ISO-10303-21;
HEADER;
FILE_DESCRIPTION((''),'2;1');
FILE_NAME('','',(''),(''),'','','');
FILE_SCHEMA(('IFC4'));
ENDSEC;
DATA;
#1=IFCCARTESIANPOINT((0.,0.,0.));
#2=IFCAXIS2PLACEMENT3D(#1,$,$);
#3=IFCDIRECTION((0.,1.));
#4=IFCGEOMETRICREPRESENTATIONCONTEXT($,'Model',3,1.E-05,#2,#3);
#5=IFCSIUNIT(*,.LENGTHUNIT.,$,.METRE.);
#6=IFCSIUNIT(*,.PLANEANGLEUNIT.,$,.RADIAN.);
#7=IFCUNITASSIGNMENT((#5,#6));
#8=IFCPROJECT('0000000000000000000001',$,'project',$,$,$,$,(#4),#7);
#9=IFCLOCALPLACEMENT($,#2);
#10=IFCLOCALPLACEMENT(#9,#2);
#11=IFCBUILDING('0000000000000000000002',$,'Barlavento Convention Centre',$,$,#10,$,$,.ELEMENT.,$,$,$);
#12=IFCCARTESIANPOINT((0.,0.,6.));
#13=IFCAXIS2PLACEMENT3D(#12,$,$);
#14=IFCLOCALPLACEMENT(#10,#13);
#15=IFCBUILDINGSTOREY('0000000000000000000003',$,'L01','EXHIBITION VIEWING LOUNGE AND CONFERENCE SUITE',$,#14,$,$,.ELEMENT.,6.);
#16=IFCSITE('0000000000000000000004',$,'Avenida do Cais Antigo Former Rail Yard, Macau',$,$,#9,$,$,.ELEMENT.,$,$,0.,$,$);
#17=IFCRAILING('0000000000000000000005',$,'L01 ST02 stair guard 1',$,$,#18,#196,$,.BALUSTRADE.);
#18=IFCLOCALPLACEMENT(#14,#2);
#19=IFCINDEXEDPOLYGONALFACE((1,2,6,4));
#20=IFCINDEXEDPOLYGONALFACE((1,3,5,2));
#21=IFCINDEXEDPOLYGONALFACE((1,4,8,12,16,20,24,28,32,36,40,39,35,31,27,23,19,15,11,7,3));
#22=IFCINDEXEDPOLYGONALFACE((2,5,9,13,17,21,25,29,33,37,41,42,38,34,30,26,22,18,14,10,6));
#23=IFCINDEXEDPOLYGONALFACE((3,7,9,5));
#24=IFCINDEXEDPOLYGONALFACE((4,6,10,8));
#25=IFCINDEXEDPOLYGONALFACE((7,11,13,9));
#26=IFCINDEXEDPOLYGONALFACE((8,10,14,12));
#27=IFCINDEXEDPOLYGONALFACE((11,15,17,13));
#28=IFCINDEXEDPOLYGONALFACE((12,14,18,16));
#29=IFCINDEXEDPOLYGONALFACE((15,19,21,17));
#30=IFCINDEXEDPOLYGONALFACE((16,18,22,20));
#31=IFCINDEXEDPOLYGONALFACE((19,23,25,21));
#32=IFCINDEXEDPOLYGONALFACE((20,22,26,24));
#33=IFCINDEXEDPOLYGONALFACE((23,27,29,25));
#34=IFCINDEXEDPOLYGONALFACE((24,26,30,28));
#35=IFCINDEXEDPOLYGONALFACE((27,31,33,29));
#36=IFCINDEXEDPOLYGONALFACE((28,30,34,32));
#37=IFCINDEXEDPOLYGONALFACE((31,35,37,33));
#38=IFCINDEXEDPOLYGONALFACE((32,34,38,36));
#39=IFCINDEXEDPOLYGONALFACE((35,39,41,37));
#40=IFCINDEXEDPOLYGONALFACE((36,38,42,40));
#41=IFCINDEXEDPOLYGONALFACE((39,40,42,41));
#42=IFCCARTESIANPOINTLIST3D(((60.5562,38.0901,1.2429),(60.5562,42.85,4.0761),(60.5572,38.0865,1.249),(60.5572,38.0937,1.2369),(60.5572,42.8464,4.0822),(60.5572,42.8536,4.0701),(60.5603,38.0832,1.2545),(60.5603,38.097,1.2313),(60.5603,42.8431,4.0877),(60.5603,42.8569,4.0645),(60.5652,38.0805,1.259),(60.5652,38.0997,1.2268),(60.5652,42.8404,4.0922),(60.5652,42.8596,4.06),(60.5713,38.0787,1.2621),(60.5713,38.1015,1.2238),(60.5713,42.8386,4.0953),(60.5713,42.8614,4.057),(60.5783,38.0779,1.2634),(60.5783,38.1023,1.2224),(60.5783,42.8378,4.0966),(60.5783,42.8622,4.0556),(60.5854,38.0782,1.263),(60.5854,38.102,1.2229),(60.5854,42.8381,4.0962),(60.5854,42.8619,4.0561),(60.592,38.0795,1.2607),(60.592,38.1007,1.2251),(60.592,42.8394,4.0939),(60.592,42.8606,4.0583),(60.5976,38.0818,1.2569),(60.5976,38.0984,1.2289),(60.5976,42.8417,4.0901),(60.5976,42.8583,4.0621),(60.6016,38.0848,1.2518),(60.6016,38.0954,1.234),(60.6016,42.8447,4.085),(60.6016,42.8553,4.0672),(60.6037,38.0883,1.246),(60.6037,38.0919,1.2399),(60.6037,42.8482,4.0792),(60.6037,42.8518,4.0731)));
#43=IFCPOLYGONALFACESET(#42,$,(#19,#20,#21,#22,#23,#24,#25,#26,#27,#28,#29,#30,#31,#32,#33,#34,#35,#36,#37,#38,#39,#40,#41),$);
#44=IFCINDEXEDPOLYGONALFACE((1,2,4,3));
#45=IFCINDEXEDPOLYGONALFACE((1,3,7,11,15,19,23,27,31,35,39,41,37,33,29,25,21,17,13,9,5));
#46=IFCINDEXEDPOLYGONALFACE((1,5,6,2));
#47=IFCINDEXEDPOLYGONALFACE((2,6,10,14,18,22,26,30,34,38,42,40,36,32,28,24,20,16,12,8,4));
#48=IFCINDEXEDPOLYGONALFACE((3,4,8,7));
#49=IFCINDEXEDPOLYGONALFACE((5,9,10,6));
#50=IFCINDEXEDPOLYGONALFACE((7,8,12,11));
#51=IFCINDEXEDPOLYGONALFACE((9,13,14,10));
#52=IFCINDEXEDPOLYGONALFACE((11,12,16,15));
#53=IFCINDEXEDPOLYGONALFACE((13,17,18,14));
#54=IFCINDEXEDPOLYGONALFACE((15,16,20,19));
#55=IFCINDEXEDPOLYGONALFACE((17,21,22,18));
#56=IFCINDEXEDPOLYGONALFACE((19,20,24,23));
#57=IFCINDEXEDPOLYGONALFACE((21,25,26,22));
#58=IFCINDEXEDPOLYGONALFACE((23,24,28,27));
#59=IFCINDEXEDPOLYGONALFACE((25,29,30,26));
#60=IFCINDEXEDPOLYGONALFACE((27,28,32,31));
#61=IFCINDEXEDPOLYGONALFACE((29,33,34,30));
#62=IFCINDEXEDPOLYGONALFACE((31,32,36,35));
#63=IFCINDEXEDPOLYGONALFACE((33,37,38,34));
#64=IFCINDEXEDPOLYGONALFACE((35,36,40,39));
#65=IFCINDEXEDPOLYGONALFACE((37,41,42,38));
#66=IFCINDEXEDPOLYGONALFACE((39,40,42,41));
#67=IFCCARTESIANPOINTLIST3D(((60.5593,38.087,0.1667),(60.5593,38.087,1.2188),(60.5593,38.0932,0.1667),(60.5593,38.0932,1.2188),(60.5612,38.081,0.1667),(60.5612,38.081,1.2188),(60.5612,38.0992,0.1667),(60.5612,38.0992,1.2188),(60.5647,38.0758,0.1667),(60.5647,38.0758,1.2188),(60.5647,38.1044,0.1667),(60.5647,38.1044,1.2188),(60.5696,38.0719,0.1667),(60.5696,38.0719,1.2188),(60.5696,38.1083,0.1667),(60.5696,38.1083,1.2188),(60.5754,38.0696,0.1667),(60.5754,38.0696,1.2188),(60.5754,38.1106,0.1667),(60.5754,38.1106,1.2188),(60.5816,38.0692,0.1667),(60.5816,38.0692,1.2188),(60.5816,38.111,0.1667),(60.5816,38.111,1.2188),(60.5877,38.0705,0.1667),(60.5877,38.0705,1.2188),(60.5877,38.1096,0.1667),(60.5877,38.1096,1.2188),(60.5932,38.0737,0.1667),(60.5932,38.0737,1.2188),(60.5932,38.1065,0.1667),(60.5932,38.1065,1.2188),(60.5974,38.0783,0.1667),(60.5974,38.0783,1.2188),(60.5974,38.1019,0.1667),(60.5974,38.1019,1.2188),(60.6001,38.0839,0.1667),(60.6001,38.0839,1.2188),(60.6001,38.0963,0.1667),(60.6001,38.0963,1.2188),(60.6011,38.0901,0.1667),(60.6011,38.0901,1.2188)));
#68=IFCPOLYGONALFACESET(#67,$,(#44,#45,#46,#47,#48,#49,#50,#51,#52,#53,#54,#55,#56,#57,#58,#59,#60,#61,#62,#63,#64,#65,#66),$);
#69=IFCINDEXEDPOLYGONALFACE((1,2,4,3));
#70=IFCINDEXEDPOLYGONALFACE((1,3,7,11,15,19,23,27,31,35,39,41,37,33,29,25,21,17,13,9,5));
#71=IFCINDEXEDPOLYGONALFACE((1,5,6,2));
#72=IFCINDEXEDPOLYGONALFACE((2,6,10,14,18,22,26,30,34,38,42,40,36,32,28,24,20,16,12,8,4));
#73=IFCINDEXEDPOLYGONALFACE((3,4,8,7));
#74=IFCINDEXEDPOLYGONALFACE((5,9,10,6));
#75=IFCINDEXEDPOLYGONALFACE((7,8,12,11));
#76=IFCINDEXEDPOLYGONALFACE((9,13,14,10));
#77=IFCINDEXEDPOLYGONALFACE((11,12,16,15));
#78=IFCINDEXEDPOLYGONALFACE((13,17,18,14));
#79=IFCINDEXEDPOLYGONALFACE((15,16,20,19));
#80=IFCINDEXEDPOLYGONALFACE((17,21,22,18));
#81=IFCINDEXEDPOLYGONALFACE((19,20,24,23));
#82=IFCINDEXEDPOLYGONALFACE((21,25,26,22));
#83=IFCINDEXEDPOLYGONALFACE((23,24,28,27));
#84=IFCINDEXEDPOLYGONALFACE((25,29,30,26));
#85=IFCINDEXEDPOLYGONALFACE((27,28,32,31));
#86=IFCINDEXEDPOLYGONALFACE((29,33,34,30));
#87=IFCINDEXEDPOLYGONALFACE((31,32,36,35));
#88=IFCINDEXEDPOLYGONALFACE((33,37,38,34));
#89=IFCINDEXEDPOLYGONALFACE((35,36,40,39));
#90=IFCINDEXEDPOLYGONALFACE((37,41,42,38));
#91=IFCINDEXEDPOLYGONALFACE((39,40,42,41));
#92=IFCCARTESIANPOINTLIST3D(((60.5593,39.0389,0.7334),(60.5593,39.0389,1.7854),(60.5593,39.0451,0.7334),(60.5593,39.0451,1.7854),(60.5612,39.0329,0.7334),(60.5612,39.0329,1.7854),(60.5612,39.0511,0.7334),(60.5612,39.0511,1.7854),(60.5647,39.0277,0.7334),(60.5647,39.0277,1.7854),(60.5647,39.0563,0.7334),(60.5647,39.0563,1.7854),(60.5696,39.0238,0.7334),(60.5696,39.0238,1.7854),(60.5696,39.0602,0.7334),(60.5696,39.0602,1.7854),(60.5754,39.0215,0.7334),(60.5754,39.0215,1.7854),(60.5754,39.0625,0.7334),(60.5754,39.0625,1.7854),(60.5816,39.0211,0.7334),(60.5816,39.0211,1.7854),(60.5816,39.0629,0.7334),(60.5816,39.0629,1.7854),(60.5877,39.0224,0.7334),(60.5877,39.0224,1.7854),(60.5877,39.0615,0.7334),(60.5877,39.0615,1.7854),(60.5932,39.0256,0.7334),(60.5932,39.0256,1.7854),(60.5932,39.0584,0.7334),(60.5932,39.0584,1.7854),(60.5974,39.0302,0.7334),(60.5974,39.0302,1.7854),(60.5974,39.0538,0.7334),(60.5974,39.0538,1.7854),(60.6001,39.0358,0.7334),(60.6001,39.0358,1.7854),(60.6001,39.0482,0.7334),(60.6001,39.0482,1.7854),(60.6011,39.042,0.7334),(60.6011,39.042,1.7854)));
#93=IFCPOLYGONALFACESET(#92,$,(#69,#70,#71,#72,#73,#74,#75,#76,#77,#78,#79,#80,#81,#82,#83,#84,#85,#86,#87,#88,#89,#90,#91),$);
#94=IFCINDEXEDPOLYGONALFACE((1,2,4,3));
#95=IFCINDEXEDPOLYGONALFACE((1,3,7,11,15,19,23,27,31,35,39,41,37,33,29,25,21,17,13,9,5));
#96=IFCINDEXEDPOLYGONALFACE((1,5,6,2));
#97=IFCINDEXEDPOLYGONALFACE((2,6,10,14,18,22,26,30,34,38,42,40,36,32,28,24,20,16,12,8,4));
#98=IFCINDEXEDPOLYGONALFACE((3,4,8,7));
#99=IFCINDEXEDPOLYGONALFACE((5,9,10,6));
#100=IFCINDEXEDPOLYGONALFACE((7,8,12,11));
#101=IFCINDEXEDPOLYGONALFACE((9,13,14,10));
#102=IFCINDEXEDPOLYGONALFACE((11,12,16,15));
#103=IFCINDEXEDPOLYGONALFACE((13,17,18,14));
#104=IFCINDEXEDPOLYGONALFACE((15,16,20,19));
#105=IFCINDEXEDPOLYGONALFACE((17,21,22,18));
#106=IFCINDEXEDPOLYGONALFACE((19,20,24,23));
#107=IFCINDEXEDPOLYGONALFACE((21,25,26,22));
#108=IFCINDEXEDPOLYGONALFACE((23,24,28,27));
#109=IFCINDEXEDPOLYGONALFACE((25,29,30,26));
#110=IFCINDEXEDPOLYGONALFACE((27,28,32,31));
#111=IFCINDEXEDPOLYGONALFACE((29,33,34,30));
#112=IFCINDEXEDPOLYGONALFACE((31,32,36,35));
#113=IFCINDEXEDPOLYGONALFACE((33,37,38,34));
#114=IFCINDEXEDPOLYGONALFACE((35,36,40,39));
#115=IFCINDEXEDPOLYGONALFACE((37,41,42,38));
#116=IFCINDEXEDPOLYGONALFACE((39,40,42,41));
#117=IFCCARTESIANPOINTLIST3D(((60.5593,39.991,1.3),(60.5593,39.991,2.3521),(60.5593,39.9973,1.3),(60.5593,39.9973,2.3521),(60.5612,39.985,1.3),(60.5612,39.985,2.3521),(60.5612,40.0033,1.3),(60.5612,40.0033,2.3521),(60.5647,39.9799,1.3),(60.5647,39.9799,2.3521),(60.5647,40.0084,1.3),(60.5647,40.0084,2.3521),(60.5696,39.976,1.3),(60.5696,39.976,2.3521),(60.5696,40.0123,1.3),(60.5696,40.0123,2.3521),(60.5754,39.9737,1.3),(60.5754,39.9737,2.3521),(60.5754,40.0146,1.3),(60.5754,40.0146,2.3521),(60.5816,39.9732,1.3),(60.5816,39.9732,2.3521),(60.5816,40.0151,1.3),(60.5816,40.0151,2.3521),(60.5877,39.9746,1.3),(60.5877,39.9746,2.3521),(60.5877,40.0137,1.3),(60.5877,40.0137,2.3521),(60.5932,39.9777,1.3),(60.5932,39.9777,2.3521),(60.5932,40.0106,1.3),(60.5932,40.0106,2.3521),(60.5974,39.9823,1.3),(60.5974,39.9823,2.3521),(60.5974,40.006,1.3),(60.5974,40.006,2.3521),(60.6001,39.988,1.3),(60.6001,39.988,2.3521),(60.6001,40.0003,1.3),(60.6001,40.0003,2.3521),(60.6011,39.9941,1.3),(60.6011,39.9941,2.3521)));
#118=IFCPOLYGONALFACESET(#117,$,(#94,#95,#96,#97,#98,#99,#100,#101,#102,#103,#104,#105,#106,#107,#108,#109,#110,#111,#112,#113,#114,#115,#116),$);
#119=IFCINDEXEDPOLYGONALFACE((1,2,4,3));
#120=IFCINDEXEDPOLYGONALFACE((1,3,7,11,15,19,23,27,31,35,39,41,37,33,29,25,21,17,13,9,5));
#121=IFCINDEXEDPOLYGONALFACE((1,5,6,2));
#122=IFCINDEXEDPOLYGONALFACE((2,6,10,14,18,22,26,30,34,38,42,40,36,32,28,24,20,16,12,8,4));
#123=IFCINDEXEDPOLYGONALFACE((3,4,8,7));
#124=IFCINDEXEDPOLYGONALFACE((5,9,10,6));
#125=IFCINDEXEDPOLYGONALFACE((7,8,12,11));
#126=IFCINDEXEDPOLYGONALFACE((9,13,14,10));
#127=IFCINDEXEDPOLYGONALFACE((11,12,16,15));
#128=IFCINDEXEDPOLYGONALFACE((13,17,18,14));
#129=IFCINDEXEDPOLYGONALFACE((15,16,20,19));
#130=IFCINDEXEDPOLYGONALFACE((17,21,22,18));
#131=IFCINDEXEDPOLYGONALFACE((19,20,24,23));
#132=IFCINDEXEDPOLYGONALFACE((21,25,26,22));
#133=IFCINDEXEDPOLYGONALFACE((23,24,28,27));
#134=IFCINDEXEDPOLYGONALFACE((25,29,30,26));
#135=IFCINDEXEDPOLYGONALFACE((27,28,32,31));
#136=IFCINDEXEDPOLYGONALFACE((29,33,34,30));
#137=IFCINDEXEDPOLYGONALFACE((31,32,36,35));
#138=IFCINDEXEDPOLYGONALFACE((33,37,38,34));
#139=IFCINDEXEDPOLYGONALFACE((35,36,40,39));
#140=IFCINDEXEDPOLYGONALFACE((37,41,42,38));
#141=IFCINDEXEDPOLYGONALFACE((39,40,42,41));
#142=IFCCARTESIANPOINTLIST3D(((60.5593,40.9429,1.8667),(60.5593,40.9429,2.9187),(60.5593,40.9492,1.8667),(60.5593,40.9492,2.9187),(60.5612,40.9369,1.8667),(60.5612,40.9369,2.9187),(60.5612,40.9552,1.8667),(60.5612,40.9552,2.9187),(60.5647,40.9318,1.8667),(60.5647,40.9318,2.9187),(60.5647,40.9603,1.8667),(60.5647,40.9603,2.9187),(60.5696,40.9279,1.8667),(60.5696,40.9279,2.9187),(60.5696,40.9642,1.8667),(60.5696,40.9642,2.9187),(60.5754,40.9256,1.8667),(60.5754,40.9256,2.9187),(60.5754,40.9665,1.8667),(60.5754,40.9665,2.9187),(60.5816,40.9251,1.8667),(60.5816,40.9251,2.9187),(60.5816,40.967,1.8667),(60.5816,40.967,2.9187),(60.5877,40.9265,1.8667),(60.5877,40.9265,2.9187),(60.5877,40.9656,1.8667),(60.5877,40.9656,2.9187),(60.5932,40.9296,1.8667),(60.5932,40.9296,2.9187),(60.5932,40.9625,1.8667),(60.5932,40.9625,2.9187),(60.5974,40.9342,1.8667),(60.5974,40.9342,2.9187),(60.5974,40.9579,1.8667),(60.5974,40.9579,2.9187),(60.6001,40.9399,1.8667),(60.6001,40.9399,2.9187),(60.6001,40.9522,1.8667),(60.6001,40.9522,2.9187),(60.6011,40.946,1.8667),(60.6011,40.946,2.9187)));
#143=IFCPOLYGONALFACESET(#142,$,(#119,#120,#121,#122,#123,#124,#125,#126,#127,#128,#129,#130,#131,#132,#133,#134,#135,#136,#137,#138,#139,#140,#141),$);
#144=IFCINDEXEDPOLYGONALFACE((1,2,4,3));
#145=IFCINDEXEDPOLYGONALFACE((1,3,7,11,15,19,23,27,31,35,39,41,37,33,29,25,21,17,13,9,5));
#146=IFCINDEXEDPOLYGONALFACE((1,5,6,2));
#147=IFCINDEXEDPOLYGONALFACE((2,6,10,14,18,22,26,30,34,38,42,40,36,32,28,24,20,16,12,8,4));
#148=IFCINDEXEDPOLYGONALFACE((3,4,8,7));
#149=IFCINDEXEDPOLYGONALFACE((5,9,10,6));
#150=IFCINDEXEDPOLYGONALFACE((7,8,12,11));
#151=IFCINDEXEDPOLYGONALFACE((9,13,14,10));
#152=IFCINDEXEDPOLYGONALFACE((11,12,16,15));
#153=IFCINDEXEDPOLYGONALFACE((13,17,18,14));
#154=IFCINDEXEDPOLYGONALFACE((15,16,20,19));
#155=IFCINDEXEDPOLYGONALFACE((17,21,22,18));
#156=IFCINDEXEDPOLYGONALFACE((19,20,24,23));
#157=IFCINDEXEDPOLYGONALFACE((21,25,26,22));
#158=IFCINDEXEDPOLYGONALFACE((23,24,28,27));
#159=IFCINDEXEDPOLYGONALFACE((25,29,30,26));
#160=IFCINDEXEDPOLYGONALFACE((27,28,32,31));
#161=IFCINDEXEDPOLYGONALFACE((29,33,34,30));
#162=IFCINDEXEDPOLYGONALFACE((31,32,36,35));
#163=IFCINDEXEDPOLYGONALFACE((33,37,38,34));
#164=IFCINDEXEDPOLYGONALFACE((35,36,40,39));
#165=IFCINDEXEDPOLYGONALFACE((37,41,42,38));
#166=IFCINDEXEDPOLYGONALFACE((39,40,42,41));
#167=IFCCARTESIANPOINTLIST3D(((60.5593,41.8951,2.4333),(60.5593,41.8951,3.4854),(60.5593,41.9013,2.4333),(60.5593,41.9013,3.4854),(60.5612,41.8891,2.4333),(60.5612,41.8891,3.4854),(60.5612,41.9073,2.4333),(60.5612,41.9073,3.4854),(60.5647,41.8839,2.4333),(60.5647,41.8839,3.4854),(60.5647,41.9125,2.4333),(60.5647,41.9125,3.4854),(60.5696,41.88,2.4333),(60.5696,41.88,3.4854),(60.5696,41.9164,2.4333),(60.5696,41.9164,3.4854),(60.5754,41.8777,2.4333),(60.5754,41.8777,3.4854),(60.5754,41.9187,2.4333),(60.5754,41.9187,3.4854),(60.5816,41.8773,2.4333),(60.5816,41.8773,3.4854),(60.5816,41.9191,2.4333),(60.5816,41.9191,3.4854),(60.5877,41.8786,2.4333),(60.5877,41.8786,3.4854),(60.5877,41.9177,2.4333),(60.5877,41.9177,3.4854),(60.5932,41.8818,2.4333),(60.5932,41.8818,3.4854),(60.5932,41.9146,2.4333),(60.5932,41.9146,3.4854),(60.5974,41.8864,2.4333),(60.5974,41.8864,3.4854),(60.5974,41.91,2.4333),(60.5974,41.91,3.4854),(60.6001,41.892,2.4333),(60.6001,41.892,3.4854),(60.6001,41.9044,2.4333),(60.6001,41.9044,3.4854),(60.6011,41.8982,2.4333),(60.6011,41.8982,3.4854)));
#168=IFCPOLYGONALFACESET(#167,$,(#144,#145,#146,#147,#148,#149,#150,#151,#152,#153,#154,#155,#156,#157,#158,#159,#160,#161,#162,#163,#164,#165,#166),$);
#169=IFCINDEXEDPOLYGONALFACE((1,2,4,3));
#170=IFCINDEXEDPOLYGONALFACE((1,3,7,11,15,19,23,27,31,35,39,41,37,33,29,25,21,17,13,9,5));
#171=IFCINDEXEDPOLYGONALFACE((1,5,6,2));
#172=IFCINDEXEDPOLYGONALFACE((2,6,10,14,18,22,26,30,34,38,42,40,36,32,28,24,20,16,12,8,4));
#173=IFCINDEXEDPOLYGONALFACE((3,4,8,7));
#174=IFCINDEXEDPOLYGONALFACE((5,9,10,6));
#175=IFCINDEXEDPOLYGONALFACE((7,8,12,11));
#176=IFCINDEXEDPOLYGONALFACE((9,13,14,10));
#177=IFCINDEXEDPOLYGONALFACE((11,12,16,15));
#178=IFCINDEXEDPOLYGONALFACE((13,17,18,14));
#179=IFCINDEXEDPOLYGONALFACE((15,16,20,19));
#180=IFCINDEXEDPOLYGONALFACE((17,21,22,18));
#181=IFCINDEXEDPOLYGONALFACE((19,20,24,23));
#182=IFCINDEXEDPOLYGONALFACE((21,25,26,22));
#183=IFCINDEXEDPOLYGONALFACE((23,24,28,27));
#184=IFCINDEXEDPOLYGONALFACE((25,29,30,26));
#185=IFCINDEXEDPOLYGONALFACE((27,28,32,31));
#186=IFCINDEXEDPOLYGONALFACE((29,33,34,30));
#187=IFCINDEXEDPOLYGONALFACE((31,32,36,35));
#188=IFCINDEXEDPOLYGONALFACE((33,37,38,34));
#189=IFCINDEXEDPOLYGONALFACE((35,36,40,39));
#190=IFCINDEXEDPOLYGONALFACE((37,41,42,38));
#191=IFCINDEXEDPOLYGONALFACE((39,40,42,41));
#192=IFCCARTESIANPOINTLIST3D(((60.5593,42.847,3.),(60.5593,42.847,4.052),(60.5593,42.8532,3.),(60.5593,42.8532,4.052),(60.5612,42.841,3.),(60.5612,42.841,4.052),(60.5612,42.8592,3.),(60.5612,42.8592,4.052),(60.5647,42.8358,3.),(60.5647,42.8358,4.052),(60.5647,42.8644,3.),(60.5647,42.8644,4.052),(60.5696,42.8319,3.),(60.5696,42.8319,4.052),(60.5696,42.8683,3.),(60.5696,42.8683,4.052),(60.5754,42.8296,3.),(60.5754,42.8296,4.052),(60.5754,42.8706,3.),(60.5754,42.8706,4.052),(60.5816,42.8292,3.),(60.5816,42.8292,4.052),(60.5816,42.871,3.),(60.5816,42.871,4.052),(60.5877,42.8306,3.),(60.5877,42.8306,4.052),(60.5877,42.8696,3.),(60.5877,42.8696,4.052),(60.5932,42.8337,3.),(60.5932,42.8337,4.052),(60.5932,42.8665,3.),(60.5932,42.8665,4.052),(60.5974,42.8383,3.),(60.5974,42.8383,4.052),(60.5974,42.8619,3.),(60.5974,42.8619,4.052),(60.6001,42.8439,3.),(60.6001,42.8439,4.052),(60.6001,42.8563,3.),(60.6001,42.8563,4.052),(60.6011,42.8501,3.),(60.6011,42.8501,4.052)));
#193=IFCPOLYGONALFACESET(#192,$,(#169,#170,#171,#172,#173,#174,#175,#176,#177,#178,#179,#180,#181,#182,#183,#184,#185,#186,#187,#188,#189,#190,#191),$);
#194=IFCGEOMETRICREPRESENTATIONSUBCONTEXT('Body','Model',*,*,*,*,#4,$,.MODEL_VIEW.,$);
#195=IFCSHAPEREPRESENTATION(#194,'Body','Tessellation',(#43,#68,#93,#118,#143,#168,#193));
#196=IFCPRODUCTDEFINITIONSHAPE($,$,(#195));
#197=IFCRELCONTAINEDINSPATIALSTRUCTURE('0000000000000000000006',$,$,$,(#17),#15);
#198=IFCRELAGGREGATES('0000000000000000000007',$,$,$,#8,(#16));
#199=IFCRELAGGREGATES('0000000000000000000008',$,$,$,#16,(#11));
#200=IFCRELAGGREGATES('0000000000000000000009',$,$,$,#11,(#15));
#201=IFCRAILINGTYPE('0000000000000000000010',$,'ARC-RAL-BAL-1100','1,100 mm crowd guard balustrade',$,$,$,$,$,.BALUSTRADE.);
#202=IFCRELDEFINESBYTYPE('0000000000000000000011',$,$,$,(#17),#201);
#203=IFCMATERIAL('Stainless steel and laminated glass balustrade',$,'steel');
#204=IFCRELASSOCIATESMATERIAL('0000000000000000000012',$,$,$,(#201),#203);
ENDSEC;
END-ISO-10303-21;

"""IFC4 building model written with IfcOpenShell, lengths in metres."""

from ifc_helpers import new_model, si_unit, direction, frame, origin, origin_2d, place, context, subcontext, project, spatial, circle, extrude, material, type_object, element, save


model = new_model("IFC4")

# Units and contexts
model_context = context("Model", 3, precision=1e-05, world=origin(), true_north=direction((0.0, 1.0)))
body_context = subcontext(model_context, "Body", "Model", "MODEL_VIEW")
ifc_project = project(units=[si_unit("LENGTHUNIT", "METRE"), si_unit("PLANEANGLEUNIT", "RADIAN")], contexts=[model_context])

# Site, building, storey
site_placement = place(None, origin())
site = spatial("IfcSite", under=ifc_project, at=site_placement, Name="Avenida do Cais Antigo Former Rail Yard, Macau", CompositionType="ELEMENT", RefElevation=0.0)
building_placement = place(site_placement, origin())
building = spatial("IfcBuilding", under=site, at=building_placement, Name="Barlavento Convention Centre", CompositionType="ELEMENT")
storey_placement = place(building_placement, frame((0.0, 0.0, 6.0)))
storey = spatial("IfcBuildingStorey", under=building, at=storey_placement, Name="L01", Description="EXHIBITION VIEWING LOUNGE AND CONFERENCE SUITE", CompositionType="ELEMENT", Elevation=6.0)

# Railing
ifc_material_1 = material(Name="Stainless steel and laminated glass balustrade", Category="steel")
railing_type_1 = type_object("IfcRailingType", Name="ARC-RAL-BAL-1100", Description="1,100 mm crowd guard balustrade", PredefinedType="BALUSTRADE", material=ifc_material_1)
railing_1_placement = place(storey_placement, frame((60.5801, 38.0901, 0.1667)))
element("IfcRailing", 1, at=railing_1_placement, inside=storey, type_object=railing_type_1, Name="L01 ST02 stair guard 1", PredefinedType="BALUSTRADE", context=body_context, shape_type="SweptSolid", body=[
    extrude(circle(Radius=0.0239, at=origin_2d()), frame((0.0, 0.0, 1.0762), z_axis=(0.0, 0.8593, 0.511472), x_axis=(-1.0, 0.0, 0.0)), (0.0, 0.0, 1.0), 5.5393),
    extrude(circle(Radius=0.021, at=origin_2d()), origin(), (0.0, 0.0, 1.0), 1.052),
    extrude(circle(Radius=0.021, at=origin_2d()), frame((0.0, 0.9519, 0.5667)), (0.0, 0.0, 1.0), 1.052),
    extrude(circle(Radius=0.021, at=origin_2d()), frame((0.0, 1.9041, 1.1333)), (0.0, 0.0, 1.0), 1.052),
    extrude(circle(Radius=0.021, at=origin_2d()), frame((0.0, 2.856, 1.7)), (0.0, 0.0, 1.0), 1.052),
    extrude(circle(Radius=0.021, at=origin_2d()), frame((0.0, 3.8081, 2.2666)), (0.0, 0.0, 1.0), 1.052),
    extrude(circle(Radius=0.021, at=origin_2d()), frame((0.0, 4.76, 2.8333)), (0.0, 0.0, 1.0), 1.052),
])

save(model, "model.ifc")
